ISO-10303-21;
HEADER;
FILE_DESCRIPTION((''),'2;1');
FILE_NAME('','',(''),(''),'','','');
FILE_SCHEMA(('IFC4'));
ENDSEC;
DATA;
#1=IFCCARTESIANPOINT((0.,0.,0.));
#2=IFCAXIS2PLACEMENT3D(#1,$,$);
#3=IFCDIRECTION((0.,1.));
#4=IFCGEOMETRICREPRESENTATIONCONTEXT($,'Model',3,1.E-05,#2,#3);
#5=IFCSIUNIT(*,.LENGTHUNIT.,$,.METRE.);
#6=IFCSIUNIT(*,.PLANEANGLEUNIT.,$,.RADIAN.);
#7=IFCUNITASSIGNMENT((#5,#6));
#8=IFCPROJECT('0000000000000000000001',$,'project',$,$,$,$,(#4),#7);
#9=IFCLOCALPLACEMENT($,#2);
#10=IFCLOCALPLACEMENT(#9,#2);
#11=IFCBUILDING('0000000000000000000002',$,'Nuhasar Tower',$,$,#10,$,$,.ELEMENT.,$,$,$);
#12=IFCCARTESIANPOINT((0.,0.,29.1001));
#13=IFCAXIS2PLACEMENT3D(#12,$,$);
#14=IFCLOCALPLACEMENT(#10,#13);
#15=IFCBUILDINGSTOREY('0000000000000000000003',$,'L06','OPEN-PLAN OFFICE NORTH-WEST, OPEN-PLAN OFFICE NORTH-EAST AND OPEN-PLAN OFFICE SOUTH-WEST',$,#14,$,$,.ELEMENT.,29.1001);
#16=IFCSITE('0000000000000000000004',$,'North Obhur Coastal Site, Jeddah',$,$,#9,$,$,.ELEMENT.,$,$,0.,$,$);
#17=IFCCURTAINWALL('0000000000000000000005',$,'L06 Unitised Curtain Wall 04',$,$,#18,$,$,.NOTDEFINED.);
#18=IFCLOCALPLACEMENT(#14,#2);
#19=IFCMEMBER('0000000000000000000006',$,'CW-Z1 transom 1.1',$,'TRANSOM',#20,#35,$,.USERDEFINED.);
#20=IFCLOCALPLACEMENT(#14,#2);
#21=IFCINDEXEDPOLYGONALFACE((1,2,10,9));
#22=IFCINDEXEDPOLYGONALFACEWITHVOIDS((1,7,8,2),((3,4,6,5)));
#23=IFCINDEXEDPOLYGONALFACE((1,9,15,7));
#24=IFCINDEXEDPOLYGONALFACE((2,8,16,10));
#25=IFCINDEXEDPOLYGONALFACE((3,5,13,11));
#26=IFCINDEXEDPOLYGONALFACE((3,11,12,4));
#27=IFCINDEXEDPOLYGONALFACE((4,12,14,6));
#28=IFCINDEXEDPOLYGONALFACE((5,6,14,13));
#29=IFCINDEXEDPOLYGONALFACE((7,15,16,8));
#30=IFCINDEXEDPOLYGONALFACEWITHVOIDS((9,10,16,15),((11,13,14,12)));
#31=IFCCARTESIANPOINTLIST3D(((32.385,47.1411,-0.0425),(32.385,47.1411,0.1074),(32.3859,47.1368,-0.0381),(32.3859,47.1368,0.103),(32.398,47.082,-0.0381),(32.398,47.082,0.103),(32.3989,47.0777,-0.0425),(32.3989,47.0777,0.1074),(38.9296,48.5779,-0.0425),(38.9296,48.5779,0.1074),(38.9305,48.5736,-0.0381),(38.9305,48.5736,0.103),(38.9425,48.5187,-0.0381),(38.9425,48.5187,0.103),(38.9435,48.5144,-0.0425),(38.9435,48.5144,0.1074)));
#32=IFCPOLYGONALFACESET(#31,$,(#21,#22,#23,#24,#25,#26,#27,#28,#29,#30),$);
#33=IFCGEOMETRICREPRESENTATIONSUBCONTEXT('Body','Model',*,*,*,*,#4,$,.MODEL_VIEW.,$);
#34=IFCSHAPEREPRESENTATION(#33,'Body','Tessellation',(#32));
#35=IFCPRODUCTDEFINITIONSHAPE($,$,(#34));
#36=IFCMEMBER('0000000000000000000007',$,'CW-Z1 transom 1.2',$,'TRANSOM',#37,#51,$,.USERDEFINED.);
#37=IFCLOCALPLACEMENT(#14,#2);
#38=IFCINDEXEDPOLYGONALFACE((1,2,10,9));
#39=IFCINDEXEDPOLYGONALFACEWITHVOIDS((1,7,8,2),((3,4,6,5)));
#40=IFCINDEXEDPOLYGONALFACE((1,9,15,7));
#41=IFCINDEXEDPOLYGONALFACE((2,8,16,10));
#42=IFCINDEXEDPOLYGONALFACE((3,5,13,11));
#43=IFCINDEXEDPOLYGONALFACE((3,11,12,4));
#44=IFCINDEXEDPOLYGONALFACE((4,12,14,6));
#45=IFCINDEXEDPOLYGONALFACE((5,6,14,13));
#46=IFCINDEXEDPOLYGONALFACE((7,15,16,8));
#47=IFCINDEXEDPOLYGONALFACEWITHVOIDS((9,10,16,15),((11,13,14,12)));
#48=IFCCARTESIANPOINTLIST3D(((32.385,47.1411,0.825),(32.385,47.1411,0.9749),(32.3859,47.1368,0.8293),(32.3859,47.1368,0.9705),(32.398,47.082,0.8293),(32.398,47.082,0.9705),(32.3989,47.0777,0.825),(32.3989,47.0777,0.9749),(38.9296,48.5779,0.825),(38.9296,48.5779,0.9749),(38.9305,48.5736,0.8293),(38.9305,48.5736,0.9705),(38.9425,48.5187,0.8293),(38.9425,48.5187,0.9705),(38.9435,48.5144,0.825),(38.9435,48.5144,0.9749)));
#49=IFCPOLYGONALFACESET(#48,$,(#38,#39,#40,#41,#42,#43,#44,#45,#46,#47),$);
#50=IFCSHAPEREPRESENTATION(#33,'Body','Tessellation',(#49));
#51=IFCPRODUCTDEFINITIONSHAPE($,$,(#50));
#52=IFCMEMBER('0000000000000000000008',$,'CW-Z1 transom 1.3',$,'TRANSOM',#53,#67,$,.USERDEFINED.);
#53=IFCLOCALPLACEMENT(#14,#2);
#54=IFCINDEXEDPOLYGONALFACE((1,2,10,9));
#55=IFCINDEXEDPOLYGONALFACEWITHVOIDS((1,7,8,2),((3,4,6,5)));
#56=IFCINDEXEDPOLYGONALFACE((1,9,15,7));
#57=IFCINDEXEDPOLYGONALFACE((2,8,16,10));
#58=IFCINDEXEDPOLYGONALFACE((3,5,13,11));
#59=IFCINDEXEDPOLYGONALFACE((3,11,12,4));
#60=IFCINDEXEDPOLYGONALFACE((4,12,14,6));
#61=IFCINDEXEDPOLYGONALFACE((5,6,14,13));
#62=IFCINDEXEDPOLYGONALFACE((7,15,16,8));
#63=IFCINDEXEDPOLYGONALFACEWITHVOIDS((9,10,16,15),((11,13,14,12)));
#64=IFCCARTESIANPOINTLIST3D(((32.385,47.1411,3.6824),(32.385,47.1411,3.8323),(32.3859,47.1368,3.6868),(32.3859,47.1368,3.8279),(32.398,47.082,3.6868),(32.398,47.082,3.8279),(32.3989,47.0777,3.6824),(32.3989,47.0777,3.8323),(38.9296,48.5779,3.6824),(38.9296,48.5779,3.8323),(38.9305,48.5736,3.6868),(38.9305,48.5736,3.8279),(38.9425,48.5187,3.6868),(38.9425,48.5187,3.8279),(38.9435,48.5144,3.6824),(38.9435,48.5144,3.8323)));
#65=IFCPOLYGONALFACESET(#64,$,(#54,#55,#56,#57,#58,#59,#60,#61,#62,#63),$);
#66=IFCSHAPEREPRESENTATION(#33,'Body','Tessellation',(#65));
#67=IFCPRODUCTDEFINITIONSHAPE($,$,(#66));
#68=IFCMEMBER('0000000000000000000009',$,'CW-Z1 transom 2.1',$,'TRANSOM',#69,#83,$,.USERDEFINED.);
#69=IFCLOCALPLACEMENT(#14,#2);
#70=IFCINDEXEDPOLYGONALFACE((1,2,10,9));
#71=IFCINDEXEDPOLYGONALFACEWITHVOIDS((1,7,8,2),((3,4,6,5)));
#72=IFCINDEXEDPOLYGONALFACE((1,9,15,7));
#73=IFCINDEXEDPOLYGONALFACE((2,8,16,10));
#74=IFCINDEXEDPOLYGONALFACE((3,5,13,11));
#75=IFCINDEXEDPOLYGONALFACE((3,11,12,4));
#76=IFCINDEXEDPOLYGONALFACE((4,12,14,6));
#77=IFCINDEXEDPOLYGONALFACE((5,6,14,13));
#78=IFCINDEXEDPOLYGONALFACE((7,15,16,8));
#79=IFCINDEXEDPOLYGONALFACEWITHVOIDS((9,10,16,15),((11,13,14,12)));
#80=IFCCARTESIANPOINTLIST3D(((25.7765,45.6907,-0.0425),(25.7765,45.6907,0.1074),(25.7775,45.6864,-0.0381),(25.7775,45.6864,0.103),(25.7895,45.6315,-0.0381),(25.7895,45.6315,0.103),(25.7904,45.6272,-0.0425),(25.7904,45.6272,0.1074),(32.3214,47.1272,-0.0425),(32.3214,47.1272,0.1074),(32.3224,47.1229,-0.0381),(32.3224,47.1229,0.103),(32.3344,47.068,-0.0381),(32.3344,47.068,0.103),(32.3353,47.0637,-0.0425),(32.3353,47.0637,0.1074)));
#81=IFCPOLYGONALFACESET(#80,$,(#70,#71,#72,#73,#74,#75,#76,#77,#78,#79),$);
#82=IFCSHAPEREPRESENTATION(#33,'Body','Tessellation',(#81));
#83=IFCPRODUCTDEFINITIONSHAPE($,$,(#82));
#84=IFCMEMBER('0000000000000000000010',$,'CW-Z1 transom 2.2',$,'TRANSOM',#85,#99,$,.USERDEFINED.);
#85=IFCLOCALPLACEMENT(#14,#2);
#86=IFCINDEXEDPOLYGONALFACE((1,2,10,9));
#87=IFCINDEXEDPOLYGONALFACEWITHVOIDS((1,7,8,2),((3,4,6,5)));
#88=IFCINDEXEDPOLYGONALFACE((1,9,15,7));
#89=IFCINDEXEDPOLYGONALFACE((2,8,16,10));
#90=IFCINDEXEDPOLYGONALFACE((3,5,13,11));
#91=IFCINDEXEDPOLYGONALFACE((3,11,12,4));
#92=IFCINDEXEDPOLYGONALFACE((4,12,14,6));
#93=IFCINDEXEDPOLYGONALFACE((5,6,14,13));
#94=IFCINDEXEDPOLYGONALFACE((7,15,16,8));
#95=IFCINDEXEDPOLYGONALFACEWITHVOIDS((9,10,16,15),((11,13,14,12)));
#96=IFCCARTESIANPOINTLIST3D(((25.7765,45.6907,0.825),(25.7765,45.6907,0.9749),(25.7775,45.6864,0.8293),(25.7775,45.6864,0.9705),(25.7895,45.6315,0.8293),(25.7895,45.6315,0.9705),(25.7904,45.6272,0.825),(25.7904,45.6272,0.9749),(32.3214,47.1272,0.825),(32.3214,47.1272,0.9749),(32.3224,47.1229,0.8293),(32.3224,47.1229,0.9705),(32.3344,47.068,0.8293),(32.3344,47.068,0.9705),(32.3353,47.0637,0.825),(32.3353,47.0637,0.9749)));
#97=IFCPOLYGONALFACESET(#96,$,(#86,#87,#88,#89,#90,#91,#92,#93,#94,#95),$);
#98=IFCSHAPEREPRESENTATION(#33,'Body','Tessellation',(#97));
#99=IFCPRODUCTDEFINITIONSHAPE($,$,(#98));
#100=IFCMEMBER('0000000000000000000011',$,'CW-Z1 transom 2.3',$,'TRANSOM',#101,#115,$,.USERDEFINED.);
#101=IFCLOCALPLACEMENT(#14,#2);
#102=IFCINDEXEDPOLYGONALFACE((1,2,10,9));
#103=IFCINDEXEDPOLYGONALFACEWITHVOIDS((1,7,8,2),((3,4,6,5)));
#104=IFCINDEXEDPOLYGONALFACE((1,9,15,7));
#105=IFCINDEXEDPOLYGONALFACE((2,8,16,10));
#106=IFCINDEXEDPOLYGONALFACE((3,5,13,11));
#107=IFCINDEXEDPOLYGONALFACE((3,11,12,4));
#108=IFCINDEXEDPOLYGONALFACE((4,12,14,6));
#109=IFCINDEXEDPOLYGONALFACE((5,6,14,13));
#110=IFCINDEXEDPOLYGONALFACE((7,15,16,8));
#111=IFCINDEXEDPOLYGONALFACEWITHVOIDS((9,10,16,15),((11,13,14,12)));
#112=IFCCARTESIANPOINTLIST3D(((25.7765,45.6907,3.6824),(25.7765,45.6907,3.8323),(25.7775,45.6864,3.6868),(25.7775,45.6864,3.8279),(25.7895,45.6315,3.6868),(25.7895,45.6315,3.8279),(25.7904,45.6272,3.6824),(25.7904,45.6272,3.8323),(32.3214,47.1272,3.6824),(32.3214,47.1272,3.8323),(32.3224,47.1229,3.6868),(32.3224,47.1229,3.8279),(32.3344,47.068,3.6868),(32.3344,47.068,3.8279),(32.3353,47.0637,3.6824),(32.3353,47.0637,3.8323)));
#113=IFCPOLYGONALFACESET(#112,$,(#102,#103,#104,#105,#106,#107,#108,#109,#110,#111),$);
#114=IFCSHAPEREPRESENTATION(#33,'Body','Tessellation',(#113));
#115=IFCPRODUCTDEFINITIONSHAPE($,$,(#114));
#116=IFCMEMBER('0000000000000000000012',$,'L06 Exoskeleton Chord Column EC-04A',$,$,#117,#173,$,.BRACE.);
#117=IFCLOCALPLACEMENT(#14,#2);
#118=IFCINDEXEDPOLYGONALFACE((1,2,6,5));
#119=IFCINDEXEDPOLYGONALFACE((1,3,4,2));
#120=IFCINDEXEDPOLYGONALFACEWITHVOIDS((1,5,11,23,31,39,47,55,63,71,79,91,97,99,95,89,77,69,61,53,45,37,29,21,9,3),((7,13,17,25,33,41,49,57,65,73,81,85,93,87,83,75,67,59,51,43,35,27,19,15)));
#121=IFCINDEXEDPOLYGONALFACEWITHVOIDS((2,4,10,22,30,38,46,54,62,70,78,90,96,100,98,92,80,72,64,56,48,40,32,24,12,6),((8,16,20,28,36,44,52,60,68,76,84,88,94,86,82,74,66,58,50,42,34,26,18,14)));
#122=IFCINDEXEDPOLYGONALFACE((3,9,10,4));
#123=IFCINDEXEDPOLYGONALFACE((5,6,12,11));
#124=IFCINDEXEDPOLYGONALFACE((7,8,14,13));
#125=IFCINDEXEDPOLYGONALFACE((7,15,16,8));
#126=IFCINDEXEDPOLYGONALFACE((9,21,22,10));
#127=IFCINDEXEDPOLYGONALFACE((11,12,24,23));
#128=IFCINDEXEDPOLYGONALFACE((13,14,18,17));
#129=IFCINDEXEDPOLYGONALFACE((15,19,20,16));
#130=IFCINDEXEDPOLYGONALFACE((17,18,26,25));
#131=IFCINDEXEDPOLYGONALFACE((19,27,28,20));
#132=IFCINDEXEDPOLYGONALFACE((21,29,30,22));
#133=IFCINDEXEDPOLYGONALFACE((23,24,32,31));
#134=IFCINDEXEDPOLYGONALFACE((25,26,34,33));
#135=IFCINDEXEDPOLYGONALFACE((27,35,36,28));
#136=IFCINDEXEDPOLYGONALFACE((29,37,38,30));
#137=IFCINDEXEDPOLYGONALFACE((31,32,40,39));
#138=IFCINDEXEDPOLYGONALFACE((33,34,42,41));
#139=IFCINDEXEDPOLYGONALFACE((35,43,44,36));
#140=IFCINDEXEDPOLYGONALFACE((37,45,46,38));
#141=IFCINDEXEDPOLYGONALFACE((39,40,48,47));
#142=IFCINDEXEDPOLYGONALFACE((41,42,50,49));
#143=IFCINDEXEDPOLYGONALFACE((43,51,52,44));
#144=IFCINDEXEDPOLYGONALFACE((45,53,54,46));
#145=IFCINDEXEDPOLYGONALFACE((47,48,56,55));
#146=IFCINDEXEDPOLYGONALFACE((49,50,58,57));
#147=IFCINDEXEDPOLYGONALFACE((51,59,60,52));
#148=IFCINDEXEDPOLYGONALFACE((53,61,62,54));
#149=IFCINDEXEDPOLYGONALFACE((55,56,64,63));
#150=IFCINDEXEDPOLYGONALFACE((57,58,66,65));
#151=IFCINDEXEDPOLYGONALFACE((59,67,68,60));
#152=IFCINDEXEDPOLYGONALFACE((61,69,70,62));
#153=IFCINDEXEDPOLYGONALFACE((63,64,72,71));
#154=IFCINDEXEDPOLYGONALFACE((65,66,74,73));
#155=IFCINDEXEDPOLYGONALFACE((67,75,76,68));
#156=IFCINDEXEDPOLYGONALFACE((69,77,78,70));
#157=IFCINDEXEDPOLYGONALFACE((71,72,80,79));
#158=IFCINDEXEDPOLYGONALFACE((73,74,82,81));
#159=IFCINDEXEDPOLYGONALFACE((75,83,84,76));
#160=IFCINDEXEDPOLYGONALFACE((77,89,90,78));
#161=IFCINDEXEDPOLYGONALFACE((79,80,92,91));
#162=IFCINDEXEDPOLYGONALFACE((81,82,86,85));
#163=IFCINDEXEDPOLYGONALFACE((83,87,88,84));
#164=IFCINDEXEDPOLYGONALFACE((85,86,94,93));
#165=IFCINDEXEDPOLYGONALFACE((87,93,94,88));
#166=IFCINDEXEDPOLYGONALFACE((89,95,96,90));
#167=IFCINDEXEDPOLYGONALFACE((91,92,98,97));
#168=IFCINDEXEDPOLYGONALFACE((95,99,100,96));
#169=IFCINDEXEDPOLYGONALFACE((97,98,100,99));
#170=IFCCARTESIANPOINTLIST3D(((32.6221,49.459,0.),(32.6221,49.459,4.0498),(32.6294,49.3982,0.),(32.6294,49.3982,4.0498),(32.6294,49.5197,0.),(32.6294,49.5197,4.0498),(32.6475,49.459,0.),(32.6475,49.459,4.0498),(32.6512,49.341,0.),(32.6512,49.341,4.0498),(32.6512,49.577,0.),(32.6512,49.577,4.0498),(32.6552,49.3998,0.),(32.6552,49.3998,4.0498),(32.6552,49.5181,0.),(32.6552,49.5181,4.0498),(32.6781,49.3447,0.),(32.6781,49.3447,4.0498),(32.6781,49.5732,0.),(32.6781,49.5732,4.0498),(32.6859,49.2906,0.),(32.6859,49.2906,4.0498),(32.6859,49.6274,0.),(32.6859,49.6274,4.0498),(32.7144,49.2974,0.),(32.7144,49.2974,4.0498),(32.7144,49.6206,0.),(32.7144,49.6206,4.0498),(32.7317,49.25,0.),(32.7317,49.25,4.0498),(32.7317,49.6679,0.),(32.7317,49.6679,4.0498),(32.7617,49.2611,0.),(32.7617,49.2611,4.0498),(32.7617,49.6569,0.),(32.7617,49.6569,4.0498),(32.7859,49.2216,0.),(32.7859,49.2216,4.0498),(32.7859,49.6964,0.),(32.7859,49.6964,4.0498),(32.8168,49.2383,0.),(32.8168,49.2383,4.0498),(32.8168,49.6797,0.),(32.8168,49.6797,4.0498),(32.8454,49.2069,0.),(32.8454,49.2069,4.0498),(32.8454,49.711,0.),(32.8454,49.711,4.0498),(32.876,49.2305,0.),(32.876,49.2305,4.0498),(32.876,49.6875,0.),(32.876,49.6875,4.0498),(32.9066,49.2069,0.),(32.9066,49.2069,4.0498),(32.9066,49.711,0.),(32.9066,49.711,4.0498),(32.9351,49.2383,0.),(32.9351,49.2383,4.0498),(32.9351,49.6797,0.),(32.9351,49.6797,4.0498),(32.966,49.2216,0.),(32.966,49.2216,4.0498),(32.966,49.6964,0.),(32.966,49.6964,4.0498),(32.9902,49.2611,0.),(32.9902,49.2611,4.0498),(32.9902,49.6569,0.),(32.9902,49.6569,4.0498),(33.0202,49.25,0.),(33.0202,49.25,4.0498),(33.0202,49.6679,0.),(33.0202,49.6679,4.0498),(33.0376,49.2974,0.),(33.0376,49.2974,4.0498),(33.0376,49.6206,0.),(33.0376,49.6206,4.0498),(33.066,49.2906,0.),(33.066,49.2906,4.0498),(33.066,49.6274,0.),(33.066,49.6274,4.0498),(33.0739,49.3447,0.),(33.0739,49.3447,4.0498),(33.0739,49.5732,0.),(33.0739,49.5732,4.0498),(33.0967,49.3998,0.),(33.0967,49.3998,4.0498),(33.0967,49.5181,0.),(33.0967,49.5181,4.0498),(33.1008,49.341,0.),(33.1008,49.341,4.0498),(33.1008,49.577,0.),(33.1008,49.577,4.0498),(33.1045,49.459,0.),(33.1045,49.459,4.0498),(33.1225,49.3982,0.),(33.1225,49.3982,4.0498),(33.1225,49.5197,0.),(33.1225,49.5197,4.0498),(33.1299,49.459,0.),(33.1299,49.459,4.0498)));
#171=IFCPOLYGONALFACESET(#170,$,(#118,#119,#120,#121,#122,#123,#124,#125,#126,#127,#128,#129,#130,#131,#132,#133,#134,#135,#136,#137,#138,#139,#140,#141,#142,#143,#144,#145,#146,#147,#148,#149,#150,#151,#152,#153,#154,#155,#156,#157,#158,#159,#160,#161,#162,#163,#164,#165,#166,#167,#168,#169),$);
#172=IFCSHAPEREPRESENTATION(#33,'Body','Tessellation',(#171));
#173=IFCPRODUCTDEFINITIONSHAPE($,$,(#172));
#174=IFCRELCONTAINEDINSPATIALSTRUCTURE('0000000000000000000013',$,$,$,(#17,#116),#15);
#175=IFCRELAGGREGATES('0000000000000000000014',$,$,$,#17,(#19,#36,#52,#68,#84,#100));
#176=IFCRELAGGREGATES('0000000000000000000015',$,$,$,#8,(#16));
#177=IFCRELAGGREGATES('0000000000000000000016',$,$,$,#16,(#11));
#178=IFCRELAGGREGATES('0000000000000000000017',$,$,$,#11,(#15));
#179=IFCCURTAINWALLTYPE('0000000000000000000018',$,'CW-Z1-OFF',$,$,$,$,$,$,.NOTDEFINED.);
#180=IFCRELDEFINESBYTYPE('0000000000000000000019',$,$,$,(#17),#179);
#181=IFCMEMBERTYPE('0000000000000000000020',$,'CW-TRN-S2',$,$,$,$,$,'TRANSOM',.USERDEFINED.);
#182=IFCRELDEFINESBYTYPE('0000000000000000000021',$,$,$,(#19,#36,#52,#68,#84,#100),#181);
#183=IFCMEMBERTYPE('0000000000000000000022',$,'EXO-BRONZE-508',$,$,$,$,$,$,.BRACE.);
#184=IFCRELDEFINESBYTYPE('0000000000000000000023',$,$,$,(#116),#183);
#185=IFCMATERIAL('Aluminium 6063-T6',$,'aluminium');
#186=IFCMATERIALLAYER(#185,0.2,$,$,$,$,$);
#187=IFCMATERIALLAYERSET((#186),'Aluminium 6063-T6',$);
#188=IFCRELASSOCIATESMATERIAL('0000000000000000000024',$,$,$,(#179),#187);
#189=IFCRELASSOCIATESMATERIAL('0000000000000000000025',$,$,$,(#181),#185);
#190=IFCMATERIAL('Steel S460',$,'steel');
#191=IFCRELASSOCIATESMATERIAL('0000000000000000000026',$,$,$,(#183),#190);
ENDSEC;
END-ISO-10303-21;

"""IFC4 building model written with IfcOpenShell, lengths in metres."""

from ifc_helpers import new_model, si_unit, direction, frame, origin, origin_2d, place, context, subcontext, project, spatial, hollow_rectangle, hollow_circle, extrude, material, layer, layer_set, material_profile, profile_set, type_object, element, aggregate, save


model = new_model("IFC4")

# Units and contexts
model_context = context("Model", 3, precision=1e-05, world=origin(), true_north=direction((0.0, 1.0)))
body_context = subcontext(model_context, "Body", "Model", "MODEL_VIEW")
ifc_project = project(units=[si_unit("LENGTHUNIT", "METRE"), si_unit("PLANEANGLEUNIT", "RADIAN")], contexts=[model_context])

# Site, building, storey
site_placement = place(None, origin())
site = spatial("IfcSite", under=ifc_project, at=site_placement, Name="North Obhur Coastal Site, Jeddah", CompositionType="ELEMENT", RefElevation=0.0)
building_placement = place(site_placement, origin())
building = spatial("IfcBuilding", under=site, at=building_placement, Name="Nuhasar Tower", CompositionType="ELEMENT")
storey_placement = place(building_placement, frame((0.0, 0.0, 29.1001)))
storey = spatial("IfcBuildingStorey", under=building, at=storey_placement, Name="L06", Description="OPEN-PLAN OFFICE NORTH-WEST, OPEN-PLAN OFFICE NORTH-EAST AND OPEN-PLAN OFFICE SOUTH-WEST", CompositionType="ELEMENT", Elevation=29.1001)

# Curtain wall, members
ifc_material_1 = material(Name="Aluminium 6063-T6", Category="aluminium")
ifc_layer_1 = layer(ifc_material_1, 0.2)
ifc_layer_set_1 = layer_set([ifc_layer_1], Name="Aluminium 6063-T6")
curtain_wall_type = type_object("IfcCurtainWallType", Name="CW-Z1-OFF", PredefinedType="NOTDEFINED", material=ifc_layer_set_1)
curtain_wall_placement = place(storey_placement, origin())
curtain_wall = element("IfcCurtainWall", 1, at=curtain_wall_placement, inside=storey, type_object=curtain_wall_type, Name="L06 Unitised Curtain Wall 04", PredefinedType="NOTDEFINED")
ifc_material_profile_1 = material_profile(ifc_material_1, hollow_rectangle(XDim=0.0649, YDim=0.1499, WallThickness=0.0044, at=origin_2d()), Name="CWT-2")
ifc_profile_set_1 = profile_set([ifc_material_profile_1], Name="Aluminium 6063-T6")
member_type_1 = type_object("IfcMemberType", Name="CW-TRN-S2", ElementType="TRANSOM", PredefinedType="USERDEFINED", material=ifc_profile_set_1)
member_1_placement = place(storey_placement, frame((38.9365, 48.5461, 0.0325), z_axis=(-0.97674, -0.214426, 0.0), x_axis=(0.214426, -0.97674, 0.0)))
member_1 = element("IfcMember", 2, at=member_1_placement, type_object=member_type_1, Name="CW-Z1 transom 1.1", ObjectType="TRANSOM", PredefinedType="USERDEFINED", context=body_context, shape_type="SweptSolid", body=[
    extrude(hollow_rectangle(XDim=0.0649, YDim=0.1499, WallThickness=0.0044, at=origin_2d()), origin(), (0.0, 0.0, 1.0), 6.7004),
])
member_2_placement = place(storey_placement, frame((38.9365, 48.5461, 0.8999), z_axis=(-0.97674, -0.214426, 0.0), x_axis=(0.214426, -0.97674, 0.0)))
member_2 = element("IfcMember", 3, at=member_2_placement, type_object=member_type_1, Name="CW-Z1 transom 1.2", ObjectType="TRANSOM", PredefinedType="USERDEFINED", context=body_context, shape_type="SweptSolid", body=[
    extrude(hollow_rectangle(XDim=0.0649, YDim=0.1499, WallThickness=0.0044, at=origin_2d()), origin(), (0.0, 0.0, 1.0), 6.7004),
])
member_3_placement = place(storey_placement, frame((38.9365, 48.5461, 3.7573), z_axis=(-0.97674, -0.214426, 0.0), x_axis=(0.214426, -0.97674, 0.0)))
member_3 = element("IfcMember", 4, at=member_3_placement, type_object=member_type_1, Name="CW-Z1 transom 1.3", ObjectType="TRANSOM", PredefinedType="USERDEFINED", context=body_context, shape_type="SweptSolid", body=[
    extrude(hollow_rectangle(XDim=0.0649, YDim=0.1499, WallThickness=0.0044, at=origin_2d()), origin(), (0.0, 0.0, 1.0), 6.7004),
])
member_4_placement = place(storey_placement, frame((32.3284, 47.0955, 0.0325), z_axis=(-0.97675, -0.214384, 0.0), x_axis=(0.214384, -0.97675, 0.0)))
member_4 = element("IfcMember", 5, at=member_4_placement, type_object=member_type_1, Name="CW-Z1 transom 2.1", ObjectType="TRANSOM", PredefinedType="USERDEFINED", context=body_context, shape_type="SweptSolid", body=[
    extrude(hollow_rectangle(XDim=0.0649, YDim=0.1499, WallThickness=0.0044, at=origin_2d()), origin(), (0.0, 0.0, 1.0), 6.7007),
])
member_5_placement = place(storey_placement, frame((32.3284, 47.0955, 0.8999), z_axis=(-0.97675, -0.214384, 0.0), x_axis=(0.214384, -0.97675, 0.0)))
member_5 = element("IfcMember", 6, at=member_5_placement, type_object=member_type_1, Name="CW-Z1 transom 2.2", ObjectType="TRANSOM", PredefinedType="USERDEFINED", context=body_context, shape_type="SweptSolid", body=[
    extrude(hollow_rectangle(XDim=0.0649, YDim=0.1499, WallThickness=0.0044, at=origin_2d()), origin(), (0.0, 0.0, 1.0), 6.7007),
])
member_6_placement = place(storey_placement, frame((32.3284, 47.0955, 3.7573), z_axis=(-0.97675, -0.214384, 0.0), x_axis=(0.214384, -0.97675, 0.0)))
member_6 = element("IfcMember", 7, at=member_6_placement, type_object=member_type_1, Name="CW-Z1 transom 2.3", ObjectType="TRANSOM", PredefinedType="USERDEFINED", context=body_context, shape_type="SweptSolid", body=[
    extrude(hollow_rectangle(XDim=0.0649, YDim=0.1499, WallThickness=0.0044, at=origin_2d()), origin(), (0.0, 0.0, 1.0), 6.7007),
])

# Member
ifc_material_2 = material(Name="Steel S460", Category="steel")
ifc_material_profile_2 = material_profile(ifc_material_2, hollow_circle(Radius=0.2539, WallThickness=0.0254, at=origin_2d()), Name="HSS508X25.4")
ifc_profile_set_2 = profile_set([ifc_material_profile_2], Name="Steel S460")
member_type_2 = type_object("IfcMemberType", Name="EXO-BRONZE-508", PredefinedType="BRACE", material=ifc_profile_set_2)
for number, where, z_axis, x_axis, name in (
    (8, (32.876, 49.459, 0.0), (0.0, 0.0, 1.0), (1.0, 0.0, 0.0), "L06 Exoskeleton Chord Column EC-04A"),
):
    element("IfcMember", number, at=place(storey_placement, frame(where, z_axis=z_axis, x_axis=x_axis)), inside=storey, type_object=member_type_2, Name=name, PredefinedType="BRACE", context=body_context, shape_type="SweptSolid", body=[
        extrude(hollow_circle(Radius=0.2539, WallThickness=0.0254, at=origin_2d()), origin(), (0.0, 0.0, 1.0), 4.0498),
    ])

aggregate(curtain_wall, [member_1, member_2, member_3, member_4, member_5, member_6])

save(model, "model.ifc")
